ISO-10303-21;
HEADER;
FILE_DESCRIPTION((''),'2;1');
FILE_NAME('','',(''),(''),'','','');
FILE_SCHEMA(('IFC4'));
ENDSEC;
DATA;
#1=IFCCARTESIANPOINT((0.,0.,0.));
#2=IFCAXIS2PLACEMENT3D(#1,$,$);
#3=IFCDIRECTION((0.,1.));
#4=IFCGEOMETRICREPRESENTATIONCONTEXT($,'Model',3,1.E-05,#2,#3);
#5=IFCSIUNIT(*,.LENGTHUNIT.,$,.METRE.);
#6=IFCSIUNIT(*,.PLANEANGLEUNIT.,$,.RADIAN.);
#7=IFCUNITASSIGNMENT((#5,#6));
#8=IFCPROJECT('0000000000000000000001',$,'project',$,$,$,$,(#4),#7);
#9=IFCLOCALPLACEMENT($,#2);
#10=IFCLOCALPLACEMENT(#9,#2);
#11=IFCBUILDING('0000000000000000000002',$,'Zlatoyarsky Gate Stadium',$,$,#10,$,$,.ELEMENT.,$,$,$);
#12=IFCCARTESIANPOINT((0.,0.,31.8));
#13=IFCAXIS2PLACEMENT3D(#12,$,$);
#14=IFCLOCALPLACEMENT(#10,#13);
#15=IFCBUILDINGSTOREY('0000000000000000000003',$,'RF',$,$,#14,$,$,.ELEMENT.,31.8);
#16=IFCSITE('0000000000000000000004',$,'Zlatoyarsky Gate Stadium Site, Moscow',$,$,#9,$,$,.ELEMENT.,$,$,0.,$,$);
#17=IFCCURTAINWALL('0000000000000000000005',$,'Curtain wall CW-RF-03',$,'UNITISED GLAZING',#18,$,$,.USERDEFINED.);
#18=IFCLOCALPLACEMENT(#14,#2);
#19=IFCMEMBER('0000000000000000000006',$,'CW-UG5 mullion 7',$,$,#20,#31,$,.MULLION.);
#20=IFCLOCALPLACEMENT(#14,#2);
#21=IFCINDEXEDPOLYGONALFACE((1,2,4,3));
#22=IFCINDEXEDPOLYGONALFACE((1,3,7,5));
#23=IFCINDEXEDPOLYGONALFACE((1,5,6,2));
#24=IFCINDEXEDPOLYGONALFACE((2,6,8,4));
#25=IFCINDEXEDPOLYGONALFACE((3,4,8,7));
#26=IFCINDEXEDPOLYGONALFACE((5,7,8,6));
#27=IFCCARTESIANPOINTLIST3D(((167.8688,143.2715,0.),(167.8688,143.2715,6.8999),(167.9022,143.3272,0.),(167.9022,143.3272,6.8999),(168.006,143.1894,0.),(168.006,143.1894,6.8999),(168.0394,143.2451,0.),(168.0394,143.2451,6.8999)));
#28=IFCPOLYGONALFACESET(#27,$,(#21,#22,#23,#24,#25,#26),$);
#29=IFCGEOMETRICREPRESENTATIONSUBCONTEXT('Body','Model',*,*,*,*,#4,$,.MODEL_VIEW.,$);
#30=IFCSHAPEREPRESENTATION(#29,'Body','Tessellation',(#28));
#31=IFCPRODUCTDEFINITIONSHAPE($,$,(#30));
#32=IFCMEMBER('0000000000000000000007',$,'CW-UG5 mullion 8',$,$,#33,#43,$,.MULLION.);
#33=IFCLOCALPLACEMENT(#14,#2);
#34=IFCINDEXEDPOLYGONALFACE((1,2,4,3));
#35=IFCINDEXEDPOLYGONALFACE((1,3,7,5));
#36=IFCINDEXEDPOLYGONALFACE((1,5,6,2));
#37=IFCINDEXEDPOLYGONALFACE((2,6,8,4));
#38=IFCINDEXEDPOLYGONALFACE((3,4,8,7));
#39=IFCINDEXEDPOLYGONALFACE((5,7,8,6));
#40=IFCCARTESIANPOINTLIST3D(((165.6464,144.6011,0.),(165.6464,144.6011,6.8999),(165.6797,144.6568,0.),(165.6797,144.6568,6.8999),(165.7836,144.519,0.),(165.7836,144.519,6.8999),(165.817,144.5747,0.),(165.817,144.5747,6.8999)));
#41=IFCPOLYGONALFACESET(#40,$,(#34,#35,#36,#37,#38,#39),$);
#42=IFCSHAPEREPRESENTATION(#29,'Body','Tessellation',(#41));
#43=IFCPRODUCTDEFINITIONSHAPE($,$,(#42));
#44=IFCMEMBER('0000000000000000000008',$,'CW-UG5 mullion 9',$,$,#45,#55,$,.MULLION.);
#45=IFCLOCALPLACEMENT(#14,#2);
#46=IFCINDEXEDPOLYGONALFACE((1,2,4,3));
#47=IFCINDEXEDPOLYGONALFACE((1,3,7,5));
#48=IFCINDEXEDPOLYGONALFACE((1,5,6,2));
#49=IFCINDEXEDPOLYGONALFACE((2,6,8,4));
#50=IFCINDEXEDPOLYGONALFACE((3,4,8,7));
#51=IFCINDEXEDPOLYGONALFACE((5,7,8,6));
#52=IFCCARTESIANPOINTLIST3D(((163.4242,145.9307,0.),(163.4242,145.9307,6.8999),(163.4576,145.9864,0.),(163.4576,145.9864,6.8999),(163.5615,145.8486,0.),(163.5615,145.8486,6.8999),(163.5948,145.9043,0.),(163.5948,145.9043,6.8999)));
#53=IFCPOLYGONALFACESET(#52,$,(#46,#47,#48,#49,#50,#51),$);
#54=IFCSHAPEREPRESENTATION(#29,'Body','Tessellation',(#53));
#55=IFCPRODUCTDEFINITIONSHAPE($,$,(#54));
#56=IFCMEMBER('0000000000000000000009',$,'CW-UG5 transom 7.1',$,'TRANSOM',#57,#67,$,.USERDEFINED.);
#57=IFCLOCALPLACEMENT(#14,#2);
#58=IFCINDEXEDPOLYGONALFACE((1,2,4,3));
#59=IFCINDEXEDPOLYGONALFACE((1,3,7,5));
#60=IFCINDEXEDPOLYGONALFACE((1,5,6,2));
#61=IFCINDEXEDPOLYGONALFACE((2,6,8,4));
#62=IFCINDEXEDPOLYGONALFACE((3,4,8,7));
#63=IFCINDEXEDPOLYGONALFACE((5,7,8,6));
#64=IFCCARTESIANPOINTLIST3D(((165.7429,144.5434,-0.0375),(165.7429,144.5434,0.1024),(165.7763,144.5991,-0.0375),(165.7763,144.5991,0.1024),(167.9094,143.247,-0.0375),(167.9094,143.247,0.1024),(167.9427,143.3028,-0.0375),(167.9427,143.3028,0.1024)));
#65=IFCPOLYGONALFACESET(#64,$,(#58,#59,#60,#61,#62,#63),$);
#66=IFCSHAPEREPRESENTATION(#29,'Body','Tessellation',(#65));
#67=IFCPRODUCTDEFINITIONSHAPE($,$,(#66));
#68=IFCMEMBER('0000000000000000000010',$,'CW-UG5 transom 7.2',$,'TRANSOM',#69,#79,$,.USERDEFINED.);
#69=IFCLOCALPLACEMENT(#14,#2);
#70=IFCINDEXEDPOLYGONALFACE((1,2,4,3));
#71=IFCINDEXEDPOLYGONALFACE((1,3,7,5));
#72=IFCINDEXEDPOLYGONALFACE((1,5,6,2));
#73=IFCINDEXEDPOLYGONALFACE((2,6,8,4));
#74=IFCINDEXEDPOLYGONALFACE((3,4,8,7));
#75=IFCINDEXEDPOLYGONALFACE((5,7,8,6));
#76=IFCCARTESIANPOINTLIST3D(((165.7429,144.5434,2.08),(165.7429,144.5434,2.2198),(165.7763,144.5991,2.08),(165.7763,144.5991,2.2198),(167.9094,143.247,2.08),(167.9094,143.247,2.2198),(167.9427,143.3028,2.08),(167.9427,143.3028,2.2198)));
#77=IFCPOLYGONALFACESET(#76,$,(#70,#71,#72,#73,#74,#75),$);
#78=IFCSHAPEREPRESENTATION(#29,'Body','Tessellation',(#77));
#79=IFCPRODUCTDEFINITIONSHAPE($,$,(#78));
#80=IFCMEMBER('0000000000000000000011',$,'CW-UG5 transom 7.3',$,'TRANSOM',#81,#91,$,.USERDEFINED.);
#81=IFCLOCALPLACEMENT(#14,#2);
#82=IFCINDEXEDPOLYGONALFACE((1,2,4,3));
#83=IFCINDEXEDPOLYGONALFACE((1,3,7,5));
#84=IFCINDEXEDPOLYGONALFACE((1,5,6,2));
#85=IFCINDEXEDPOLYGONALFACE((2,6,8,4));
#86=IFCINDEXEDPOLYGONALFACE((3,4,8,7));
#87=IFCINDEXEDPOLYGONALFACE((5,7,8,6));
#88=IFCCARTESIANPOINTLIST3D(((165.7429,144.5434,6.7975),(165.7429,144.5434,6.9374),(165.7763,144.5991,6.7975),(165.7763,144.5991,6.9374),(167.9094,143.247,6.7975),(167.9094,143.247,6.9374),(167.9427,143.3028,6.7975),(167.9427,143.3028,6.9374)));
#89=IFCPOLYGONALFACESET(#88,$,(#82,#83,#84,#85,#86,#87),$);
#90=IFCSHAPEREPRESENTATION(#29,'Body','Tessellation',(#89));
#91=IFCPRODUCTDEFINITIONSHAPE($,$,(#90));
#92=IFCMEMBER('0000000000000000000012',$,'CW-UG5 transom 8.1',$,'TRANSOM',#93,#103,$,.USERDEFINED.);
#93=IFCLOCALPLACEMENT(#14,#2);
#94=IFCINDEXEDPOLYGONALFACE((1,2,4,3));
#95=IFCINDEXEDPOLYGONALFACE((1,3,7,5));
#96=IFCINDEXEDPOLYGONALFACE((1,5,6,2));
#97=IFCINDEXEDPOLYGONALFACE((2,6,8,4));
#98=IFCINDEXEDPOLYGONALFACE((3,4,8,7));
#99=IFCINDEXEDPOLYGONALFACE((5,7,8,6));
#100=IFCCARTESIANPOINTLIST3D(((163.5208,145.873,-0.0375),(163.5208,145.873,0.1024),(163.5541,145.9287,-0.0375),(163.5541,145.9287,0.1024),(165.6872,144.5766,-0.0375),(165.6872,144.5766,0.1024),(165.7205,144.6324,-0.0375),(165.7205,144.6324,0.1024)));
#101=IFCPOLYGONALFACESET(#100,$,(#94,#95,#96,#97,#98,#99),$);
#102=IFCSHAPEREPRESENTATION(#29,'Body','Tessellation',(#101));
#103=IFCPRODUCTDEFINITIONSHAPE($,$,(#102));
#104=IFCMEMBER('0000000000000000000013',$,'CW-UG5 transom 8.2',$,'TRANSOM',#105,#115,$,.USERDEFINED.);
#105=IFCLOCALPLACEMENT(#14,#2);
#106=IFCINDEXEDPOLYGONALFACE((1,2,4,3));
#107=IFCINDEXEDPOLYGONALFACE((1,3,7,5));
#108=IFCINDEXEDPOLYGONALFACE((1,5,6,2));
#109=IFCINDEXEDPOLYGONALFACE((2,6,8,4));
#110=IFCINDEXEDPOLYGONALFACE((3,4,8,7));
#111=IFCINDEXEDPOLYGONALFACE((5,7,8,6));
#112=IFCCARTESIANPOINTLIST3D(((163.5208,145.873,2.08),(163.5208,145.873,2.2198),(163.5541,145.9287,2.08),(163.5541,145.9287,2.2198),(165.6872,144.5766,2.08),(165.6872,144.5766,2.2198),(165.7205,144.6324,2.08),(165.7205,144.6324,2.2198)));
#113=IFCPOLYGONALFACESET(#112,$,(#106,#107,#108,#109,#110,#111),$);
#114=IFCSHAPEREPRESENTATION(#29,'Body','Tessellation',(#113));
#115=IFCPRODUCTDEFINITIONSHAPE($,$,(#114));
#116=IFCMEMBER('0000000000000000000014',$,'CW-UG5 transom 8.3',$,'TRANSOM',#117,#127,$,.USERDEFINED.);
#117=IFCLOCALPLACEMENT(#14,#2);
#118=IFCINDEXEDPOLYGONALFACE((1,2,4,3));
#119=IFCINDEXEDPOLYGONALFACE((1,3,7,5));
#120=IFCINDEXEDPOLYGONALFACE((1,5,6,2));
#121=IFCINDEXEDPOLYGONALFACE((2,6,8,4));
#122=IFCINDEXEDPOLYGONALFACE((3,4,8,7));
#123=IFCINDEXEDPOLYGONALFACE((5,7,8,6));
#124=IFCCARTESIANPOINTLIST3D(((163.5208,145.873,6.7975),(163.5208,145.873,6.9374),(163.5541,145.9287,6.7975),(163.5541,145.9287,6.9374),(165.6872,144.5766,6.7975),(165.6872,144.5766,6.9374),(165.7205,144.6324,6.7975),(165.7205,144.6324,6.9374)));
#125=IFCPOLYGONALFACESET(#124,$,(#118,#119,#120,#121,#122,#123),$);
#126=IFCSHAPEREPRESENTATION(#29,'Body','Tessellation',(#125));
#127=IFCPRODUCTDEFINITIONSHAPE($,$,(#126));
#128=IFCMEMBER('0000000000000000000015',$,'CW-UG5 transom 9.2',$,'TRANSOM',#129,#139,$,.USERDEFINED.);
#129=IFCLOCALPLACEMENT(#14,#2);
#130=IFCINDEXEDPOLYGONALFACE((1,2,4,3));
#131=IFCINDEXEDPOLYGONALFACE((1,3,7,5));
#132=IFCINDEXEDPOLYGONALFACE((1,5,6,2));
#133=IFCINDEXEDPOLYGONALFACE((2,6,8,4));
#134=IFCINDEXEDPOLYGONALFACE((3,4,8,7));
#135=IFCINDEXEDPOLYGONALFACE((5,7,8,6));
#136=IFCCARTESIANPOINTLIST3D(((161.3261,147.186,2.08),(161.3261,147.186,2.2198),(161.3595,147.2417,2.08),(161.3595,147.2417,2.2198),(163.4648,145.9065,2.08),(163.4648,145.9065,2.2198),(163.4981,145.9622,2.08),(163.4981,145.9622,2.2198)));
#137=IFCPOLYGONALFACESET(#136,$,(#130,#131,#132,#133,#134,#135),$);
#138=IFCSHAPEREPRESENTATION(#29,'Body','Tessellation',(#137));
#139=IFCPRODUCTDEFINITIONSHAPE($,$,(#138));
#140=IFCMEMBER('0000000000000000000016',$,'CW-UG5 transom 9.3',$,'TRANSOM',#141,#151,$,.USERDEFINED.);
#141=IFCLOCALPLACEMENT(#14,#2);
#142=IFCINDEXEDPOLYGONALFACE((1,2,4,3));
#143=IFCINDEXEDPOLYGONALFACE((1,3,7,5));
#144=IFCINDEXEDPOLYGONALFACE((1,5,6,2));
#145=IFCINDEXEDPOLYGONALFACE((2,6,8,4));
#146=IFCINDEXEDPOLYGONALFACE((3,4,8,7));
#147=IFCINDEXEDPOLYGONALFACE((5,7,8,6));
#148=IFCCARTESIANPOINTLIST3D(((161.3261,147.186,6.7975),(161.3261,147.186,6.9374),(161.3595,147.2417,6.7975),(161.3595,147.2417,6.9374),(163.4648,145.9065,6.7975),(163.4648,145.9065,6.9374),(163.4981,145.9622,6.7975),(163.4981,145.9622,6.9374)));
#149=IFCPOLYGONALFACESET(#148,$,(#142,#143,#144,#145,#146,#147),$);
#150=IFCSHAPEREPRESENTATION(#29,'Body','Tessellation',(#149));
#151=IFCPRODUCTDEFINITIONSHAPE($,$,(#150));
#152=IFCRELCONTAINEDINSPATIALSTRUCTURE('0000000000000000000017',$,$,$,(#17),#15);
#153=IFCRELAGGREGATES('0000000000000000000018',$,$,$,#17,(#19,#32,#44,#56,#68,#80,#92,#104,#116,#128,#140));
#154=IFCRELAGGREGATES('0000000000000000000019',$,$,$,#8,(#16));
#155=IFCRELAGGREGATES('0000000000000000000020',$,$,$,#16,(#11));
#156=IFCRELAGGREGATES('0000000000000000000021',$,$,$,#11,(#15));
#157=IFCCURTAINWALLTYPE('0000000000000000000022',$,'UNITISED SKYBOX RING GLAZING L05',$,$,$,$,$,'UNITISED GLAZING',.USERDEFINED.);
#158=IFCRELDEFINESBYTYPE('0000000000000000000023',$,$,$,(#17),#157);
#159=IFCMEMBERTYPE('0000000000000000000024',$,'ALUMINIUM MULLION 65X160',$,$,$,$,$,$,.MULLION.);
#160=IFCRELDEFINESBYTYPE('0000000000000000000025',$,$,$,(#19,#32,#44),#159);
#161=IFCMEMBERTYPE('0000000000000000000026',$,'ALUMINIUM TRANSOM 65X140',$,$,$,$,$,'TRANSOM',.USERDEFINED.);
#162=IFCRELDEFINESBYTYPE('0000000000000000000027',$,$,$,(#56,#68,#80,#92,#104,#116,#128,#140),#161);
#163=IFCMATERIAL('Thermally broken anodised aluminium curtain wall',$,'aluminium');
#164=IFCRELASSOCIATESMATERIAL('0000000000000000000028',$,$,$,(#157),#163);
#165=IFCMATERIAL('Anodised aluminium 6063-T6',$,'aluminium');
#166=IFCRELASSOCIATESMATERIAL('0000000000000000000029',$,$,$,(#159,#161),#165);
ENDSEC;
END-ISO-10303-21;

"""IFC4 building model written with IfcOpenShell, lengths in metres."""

from ifc_helpers import new_model, si_unit, direction, frame, origin, origin_2d, place, context, subcontext, project, spatial, rectangle, extrude, material, material_profile, profile_set, type_object, element, aggregate, save


model = new_model("IFC4")

# Units and contexts
model_context = context("Model", 3, precision=1e-05, world=origin(), true_north=direction((0.0, 1.0)))
body_context = subcontext(model_context, "Body", "Model", "MODEL_VIEW")
ifc_project = project(units=[si_unit("LENGTHUNIT", "METRE"), si_unit("PLANEANGLEUNIT", "RADIAN")], contexts=[model_context])

# Site, building, storey
site_placement = place(None, origin())
site = spatial("IfcSite", under=ifc_project, at=site_placement, Name="Zlatoyarsky Gate Stadium Site, Moscow", CompositionType="ELEMENT", RefElevation=0.0)
building_placement = place(site_placement, origin())
building = spatial("IfcBuilding", under=site, at=building_placement, Name="Zlatoyarsky Gate Stadium", CompositionType="ELEMENT")
storey_placement = place(building_placement, frame((0.0, 0.0, 31.8)))
storey = spatial("IfcBuildingStorey", under=building, at=storey_placement, Name="RF", CompositionType="ELEMENT", Elevation=31.8)

# Curtain wall, members
ifc_material_1 = material(Name="Thermally broken anodised aluminium curtain wall", Category="aluminium")
curtain_wall_type = type_object("IfcCurtainWallType", Name="UNITISED SKYBOX RING GLAZING L05", ElementType="UNITISED GLAZING", PredefinedType="USERDEFINED", material=ifc_material_1)
curtain_wall_placement = place(storey_placement, origin())
curtain_wall = element("IfcCurtainWall", 1, at=curtain_wall_placement, inside=storey, type_object=curtain_wall_type, Name="Curtain wall CW-RF-03", ObjectType="UNITISED GLAZING", PredefinedType="USERDEFINED")
ifc_material_2 = material(Name="Anodised aluminium 6063-T6", Category="aluminium")
ifc_material_profile_1 = material_profile(ifc_material_2, rectangle(XDim=0.0649, YDim=0.1599, at=origin_2d()), Name="ALU 65X160")
ifc_profile_set_1 = profile_set([ifc_material_profile_1], Name="Anodised aluminium 6063-T6")
member_type_1 = type_object("IfcMemberType", Name="ALUMINIUM MULLION 65X160", PredefinedType="MULLION", material=ifc_profile_set_1)
member_1_placement = place(storey_placement, frame((167.9541, 143.2583, 0.0), z_axis=(0.0, 0.0, 1.0), x_axis=(-0.513436, -0.858128, 0.0)))
member_1 = element("IfcMember", 2, at=member_1_placement, type_object=member_type_1, Name="CW-UG5 mullion 7", PredefinedType="MULLION", context=body_context, shape_type="SweptSolid", body=[
    extrude(rectangle(XDim=0.0649, YDim=0.1599, at=origin_2d()), origin(), (0.0, 0.0, 1.0), 6.8999),
])
member_2_placement = place(storey_placement, frame((165.7317, 144.5879, 0.0), z_axis=(0.0, 0.0, 1.0), x_axis=(-0.513436, -0.858128, 0.0)))
member_2 = element("IfcMember", 3, at=member_2_placement, type_object=member_type_1, Name="CW-UG5 mullion 8", PredefinedType="MULLION", context=body_context, shape_type="SweptSolid", body=[
    extrude(rectangle(XDim=0.0649, YDim=0.1599, at=origin_2d()), origin(), (0.0, 0.0, 1.0), 6.8999),
])
member_3_placement = place(storey_placement, frame((163.5095, 145.9175, 0.0), z_axis=(0.0, 0.0, 1.0), x_axis=(-0.513436, -0.858128, 0.0)))
member_3 = element("IfcMember", 4, at=member_3_placement, type_object=member_type_1, Name="CW-UG5 mullion 9", PredefinedType="MULLION", context=body_context, shape_type="SweptSolid", body=[
    extrude(rectangle(XDim=0.0649, YDim=0.1599, at=origin_2d()), origin(), (0.0, 0.0, 1.0), 6.8999),
])
ifc_material_profile_2 = material_profile(ifc_material_2, rectangle(XDim=0.0649, YDim=0.1399, at=origin_2d()), Name="ALU 65X140")
ifc_profile_set_2 = profile_set([ifc_material_profile_2], Name="Anodised aluminium 6063-T6")
member_type_2 = type_object("IfcMemberType", Name="ALUMINIUM TRANSOM 65X140", ElementType="TRANSOM", PredefinedType="USERDEFINED", material=ifc_profile_set_2)
member_4_placement = place(storey_placement, frame((167.926, 143.2749, 0.0325), z_axis=(-0.858107, 0.513472, 0.0), x_axis=(-0.513472, -0.858107, 0.0)))
member_4 = element("IfcMember", 5, at=member_4_placement, type_object=member_type_2, Name="CW-UG5 transom 7.1", ObjectType="TRANSOM", PredefinedType="USERDEFINED", context=body_context, shape_type="SweptSolid", body=[
    extrude(rectangle(XDim=0.0649, YDim=0.1399, at=origin_2d()), origin(), (0.0, 0.0, 1.0), 2.5247),
])
member_5_placement = place(storey_placement, frame((167.926, 143.2749, 2.1499), z_axis=(-0.858107, 0.513472, 0.0), x_axis=(-0.513472, -0.858107, 0.0)))
member_5 = element("IfcMember", 6, at=member_5_placement, type_object=member_type_2, Name="CW-UG5 transom 7.2", ObjectType="TRANSOM", PredefinedType="USERDEFINED", context=body_context, shape_type="SweptSolid", body=[
    extrude(rectangle(XDim=0.0649, YDim=0.1399, at=origin_2d()), origin(), (0.0, 0.0, 1.0), 2.5247),
])
member_6_placement = place(storey_placement, frame((167.926, 143.2749, 6.8674), z_axis=(-0.858107, 0.513472, 0.0), x_axis=(-0.513472, -0.858107, 0.0)))
member_6 = element("IfcMember", 7, at=member_6_placement, type_object=member_type_2, Name="CW-UG5 transom 7.3", ObjectType="TRANSOM", PredefinedType="USERDEFINED", context=body_context, shape_type="SweptSolid", body=[
    extrude(rectangle(XDim=0.0649, YDim=0.1399, at=origin_2d()), origin(), (0.0, 0.0, 1.0), 2.5247),
])
member_7_placement = place(storey_placement, frame((165.7039, 144.6045, 0.0325), z_axis=(-0.858107, 0.513472, 0.0), x_axis=(-0.513472, -0.858107, 0.0)))
member_7 = element("IfcMember", 8, at=member_7_placement, type_object=member_type_2, Name="CW-UG5 transom 8.1", ObjectType="TRANSOM", PredefinedType="USERDEFINED", context=body_context, shape_type="SweptSolid", body=[
    extrude(rectangle(XDim=0.0649, YDim=0.1399, at=origin_2d()), origin(), (0.0, 0.0, 1.0), 2.5247),
])
member_8_placement = place(storey_placement, frame((165.7039, 144.6045, 2.1499), z_axis=(-0.858107, 0.513472, 0.0), x_axis=(-0.513472, -0.858107, 0.0)))
member_8 = element("IfcMember", 9, at=member_8_placement, type_object=member_type_2, Name="CW-UG5 transom 8.2", ObjectType="TRANSOM", PredefinedType="USERDEFINED", context=body_context, shape_type="SweptSolid", body=[
    extrude(rectangle(XDim=0.0649, YDim=0.1399, at=origin_2d()), origin(), (0.0, 0.0, 1.0), 2.5247),
])
member_9_placement = place(storey_placement, frame((165.7039, 144.6045, 6.8674), z_axis=(-0.858107, 0.513472, 0.0), x_axis=(-0.513472, -0.858107, 0.0)))
member_9 = element("IfcMember", 10, at=member_9_placement, type_object=member_type_2, Name="CW-UG5 transom 8.3", ObjectType="TRANSOM", PredefinedType="USERDEFINED", context=body_context, shape_type="SweptSolid", body=[
    extrude(rectangle(XDim=0.0649, YDim=0.1399, at=origin_2d()), origin(), (0.0, 0.0, 1.0), 2.5247),
])
member_10_placement = place(storey_placement, frame((163.4814, 145.9343, 2.1499), z_axis=(-0.858141, 0.513415, 0.0), x_axis=(-0.513415, -0.858141, 0.0)))
member_10 = element("IfcMember", 11, at=member_10_placement, type_object=member_type_2, Name="CW-UG5 transom 9.2", ObjectType="TRANSOM", PredefinedType="USERDEFINED", context=body_context, shape_type="SweptSolid", body=[
    extrude(rectangle(XDim=0.0649, YDim=0.1399, at=origin_2d()), origin(), (0.0, 0.0, 1.0), 2.4922),
])
member_11_placement = place(storey_placement, frame((163.4814, 145.9343, 6.8674), z_axis=(-0.858141, 0.513415, 0.0), x_axis=(-0.513415, -0.858141, 0.0)))
member_11 = element("IfcMember", 12, at=member_11_placement, type_object=member_type_2, Name="CW-UG5 transom 9.3", ObjectType="TRANSOM", PredefinedType="USERDEFINED", context=body_context, shape_type="SweptSolid", body=[
    extrude(rectangle(XDim=0.0649, YDim=0.1399, at=origin_2d()), origin(), (0.0, 0.0, 1.0), 2.4922),
])

aggregate(curtain_wall, [member_1, member_2, member_3, member_4, member_5, member_6, member_7, member_8, member_9, member_10, member_11])

save(model, "model.ifc")
